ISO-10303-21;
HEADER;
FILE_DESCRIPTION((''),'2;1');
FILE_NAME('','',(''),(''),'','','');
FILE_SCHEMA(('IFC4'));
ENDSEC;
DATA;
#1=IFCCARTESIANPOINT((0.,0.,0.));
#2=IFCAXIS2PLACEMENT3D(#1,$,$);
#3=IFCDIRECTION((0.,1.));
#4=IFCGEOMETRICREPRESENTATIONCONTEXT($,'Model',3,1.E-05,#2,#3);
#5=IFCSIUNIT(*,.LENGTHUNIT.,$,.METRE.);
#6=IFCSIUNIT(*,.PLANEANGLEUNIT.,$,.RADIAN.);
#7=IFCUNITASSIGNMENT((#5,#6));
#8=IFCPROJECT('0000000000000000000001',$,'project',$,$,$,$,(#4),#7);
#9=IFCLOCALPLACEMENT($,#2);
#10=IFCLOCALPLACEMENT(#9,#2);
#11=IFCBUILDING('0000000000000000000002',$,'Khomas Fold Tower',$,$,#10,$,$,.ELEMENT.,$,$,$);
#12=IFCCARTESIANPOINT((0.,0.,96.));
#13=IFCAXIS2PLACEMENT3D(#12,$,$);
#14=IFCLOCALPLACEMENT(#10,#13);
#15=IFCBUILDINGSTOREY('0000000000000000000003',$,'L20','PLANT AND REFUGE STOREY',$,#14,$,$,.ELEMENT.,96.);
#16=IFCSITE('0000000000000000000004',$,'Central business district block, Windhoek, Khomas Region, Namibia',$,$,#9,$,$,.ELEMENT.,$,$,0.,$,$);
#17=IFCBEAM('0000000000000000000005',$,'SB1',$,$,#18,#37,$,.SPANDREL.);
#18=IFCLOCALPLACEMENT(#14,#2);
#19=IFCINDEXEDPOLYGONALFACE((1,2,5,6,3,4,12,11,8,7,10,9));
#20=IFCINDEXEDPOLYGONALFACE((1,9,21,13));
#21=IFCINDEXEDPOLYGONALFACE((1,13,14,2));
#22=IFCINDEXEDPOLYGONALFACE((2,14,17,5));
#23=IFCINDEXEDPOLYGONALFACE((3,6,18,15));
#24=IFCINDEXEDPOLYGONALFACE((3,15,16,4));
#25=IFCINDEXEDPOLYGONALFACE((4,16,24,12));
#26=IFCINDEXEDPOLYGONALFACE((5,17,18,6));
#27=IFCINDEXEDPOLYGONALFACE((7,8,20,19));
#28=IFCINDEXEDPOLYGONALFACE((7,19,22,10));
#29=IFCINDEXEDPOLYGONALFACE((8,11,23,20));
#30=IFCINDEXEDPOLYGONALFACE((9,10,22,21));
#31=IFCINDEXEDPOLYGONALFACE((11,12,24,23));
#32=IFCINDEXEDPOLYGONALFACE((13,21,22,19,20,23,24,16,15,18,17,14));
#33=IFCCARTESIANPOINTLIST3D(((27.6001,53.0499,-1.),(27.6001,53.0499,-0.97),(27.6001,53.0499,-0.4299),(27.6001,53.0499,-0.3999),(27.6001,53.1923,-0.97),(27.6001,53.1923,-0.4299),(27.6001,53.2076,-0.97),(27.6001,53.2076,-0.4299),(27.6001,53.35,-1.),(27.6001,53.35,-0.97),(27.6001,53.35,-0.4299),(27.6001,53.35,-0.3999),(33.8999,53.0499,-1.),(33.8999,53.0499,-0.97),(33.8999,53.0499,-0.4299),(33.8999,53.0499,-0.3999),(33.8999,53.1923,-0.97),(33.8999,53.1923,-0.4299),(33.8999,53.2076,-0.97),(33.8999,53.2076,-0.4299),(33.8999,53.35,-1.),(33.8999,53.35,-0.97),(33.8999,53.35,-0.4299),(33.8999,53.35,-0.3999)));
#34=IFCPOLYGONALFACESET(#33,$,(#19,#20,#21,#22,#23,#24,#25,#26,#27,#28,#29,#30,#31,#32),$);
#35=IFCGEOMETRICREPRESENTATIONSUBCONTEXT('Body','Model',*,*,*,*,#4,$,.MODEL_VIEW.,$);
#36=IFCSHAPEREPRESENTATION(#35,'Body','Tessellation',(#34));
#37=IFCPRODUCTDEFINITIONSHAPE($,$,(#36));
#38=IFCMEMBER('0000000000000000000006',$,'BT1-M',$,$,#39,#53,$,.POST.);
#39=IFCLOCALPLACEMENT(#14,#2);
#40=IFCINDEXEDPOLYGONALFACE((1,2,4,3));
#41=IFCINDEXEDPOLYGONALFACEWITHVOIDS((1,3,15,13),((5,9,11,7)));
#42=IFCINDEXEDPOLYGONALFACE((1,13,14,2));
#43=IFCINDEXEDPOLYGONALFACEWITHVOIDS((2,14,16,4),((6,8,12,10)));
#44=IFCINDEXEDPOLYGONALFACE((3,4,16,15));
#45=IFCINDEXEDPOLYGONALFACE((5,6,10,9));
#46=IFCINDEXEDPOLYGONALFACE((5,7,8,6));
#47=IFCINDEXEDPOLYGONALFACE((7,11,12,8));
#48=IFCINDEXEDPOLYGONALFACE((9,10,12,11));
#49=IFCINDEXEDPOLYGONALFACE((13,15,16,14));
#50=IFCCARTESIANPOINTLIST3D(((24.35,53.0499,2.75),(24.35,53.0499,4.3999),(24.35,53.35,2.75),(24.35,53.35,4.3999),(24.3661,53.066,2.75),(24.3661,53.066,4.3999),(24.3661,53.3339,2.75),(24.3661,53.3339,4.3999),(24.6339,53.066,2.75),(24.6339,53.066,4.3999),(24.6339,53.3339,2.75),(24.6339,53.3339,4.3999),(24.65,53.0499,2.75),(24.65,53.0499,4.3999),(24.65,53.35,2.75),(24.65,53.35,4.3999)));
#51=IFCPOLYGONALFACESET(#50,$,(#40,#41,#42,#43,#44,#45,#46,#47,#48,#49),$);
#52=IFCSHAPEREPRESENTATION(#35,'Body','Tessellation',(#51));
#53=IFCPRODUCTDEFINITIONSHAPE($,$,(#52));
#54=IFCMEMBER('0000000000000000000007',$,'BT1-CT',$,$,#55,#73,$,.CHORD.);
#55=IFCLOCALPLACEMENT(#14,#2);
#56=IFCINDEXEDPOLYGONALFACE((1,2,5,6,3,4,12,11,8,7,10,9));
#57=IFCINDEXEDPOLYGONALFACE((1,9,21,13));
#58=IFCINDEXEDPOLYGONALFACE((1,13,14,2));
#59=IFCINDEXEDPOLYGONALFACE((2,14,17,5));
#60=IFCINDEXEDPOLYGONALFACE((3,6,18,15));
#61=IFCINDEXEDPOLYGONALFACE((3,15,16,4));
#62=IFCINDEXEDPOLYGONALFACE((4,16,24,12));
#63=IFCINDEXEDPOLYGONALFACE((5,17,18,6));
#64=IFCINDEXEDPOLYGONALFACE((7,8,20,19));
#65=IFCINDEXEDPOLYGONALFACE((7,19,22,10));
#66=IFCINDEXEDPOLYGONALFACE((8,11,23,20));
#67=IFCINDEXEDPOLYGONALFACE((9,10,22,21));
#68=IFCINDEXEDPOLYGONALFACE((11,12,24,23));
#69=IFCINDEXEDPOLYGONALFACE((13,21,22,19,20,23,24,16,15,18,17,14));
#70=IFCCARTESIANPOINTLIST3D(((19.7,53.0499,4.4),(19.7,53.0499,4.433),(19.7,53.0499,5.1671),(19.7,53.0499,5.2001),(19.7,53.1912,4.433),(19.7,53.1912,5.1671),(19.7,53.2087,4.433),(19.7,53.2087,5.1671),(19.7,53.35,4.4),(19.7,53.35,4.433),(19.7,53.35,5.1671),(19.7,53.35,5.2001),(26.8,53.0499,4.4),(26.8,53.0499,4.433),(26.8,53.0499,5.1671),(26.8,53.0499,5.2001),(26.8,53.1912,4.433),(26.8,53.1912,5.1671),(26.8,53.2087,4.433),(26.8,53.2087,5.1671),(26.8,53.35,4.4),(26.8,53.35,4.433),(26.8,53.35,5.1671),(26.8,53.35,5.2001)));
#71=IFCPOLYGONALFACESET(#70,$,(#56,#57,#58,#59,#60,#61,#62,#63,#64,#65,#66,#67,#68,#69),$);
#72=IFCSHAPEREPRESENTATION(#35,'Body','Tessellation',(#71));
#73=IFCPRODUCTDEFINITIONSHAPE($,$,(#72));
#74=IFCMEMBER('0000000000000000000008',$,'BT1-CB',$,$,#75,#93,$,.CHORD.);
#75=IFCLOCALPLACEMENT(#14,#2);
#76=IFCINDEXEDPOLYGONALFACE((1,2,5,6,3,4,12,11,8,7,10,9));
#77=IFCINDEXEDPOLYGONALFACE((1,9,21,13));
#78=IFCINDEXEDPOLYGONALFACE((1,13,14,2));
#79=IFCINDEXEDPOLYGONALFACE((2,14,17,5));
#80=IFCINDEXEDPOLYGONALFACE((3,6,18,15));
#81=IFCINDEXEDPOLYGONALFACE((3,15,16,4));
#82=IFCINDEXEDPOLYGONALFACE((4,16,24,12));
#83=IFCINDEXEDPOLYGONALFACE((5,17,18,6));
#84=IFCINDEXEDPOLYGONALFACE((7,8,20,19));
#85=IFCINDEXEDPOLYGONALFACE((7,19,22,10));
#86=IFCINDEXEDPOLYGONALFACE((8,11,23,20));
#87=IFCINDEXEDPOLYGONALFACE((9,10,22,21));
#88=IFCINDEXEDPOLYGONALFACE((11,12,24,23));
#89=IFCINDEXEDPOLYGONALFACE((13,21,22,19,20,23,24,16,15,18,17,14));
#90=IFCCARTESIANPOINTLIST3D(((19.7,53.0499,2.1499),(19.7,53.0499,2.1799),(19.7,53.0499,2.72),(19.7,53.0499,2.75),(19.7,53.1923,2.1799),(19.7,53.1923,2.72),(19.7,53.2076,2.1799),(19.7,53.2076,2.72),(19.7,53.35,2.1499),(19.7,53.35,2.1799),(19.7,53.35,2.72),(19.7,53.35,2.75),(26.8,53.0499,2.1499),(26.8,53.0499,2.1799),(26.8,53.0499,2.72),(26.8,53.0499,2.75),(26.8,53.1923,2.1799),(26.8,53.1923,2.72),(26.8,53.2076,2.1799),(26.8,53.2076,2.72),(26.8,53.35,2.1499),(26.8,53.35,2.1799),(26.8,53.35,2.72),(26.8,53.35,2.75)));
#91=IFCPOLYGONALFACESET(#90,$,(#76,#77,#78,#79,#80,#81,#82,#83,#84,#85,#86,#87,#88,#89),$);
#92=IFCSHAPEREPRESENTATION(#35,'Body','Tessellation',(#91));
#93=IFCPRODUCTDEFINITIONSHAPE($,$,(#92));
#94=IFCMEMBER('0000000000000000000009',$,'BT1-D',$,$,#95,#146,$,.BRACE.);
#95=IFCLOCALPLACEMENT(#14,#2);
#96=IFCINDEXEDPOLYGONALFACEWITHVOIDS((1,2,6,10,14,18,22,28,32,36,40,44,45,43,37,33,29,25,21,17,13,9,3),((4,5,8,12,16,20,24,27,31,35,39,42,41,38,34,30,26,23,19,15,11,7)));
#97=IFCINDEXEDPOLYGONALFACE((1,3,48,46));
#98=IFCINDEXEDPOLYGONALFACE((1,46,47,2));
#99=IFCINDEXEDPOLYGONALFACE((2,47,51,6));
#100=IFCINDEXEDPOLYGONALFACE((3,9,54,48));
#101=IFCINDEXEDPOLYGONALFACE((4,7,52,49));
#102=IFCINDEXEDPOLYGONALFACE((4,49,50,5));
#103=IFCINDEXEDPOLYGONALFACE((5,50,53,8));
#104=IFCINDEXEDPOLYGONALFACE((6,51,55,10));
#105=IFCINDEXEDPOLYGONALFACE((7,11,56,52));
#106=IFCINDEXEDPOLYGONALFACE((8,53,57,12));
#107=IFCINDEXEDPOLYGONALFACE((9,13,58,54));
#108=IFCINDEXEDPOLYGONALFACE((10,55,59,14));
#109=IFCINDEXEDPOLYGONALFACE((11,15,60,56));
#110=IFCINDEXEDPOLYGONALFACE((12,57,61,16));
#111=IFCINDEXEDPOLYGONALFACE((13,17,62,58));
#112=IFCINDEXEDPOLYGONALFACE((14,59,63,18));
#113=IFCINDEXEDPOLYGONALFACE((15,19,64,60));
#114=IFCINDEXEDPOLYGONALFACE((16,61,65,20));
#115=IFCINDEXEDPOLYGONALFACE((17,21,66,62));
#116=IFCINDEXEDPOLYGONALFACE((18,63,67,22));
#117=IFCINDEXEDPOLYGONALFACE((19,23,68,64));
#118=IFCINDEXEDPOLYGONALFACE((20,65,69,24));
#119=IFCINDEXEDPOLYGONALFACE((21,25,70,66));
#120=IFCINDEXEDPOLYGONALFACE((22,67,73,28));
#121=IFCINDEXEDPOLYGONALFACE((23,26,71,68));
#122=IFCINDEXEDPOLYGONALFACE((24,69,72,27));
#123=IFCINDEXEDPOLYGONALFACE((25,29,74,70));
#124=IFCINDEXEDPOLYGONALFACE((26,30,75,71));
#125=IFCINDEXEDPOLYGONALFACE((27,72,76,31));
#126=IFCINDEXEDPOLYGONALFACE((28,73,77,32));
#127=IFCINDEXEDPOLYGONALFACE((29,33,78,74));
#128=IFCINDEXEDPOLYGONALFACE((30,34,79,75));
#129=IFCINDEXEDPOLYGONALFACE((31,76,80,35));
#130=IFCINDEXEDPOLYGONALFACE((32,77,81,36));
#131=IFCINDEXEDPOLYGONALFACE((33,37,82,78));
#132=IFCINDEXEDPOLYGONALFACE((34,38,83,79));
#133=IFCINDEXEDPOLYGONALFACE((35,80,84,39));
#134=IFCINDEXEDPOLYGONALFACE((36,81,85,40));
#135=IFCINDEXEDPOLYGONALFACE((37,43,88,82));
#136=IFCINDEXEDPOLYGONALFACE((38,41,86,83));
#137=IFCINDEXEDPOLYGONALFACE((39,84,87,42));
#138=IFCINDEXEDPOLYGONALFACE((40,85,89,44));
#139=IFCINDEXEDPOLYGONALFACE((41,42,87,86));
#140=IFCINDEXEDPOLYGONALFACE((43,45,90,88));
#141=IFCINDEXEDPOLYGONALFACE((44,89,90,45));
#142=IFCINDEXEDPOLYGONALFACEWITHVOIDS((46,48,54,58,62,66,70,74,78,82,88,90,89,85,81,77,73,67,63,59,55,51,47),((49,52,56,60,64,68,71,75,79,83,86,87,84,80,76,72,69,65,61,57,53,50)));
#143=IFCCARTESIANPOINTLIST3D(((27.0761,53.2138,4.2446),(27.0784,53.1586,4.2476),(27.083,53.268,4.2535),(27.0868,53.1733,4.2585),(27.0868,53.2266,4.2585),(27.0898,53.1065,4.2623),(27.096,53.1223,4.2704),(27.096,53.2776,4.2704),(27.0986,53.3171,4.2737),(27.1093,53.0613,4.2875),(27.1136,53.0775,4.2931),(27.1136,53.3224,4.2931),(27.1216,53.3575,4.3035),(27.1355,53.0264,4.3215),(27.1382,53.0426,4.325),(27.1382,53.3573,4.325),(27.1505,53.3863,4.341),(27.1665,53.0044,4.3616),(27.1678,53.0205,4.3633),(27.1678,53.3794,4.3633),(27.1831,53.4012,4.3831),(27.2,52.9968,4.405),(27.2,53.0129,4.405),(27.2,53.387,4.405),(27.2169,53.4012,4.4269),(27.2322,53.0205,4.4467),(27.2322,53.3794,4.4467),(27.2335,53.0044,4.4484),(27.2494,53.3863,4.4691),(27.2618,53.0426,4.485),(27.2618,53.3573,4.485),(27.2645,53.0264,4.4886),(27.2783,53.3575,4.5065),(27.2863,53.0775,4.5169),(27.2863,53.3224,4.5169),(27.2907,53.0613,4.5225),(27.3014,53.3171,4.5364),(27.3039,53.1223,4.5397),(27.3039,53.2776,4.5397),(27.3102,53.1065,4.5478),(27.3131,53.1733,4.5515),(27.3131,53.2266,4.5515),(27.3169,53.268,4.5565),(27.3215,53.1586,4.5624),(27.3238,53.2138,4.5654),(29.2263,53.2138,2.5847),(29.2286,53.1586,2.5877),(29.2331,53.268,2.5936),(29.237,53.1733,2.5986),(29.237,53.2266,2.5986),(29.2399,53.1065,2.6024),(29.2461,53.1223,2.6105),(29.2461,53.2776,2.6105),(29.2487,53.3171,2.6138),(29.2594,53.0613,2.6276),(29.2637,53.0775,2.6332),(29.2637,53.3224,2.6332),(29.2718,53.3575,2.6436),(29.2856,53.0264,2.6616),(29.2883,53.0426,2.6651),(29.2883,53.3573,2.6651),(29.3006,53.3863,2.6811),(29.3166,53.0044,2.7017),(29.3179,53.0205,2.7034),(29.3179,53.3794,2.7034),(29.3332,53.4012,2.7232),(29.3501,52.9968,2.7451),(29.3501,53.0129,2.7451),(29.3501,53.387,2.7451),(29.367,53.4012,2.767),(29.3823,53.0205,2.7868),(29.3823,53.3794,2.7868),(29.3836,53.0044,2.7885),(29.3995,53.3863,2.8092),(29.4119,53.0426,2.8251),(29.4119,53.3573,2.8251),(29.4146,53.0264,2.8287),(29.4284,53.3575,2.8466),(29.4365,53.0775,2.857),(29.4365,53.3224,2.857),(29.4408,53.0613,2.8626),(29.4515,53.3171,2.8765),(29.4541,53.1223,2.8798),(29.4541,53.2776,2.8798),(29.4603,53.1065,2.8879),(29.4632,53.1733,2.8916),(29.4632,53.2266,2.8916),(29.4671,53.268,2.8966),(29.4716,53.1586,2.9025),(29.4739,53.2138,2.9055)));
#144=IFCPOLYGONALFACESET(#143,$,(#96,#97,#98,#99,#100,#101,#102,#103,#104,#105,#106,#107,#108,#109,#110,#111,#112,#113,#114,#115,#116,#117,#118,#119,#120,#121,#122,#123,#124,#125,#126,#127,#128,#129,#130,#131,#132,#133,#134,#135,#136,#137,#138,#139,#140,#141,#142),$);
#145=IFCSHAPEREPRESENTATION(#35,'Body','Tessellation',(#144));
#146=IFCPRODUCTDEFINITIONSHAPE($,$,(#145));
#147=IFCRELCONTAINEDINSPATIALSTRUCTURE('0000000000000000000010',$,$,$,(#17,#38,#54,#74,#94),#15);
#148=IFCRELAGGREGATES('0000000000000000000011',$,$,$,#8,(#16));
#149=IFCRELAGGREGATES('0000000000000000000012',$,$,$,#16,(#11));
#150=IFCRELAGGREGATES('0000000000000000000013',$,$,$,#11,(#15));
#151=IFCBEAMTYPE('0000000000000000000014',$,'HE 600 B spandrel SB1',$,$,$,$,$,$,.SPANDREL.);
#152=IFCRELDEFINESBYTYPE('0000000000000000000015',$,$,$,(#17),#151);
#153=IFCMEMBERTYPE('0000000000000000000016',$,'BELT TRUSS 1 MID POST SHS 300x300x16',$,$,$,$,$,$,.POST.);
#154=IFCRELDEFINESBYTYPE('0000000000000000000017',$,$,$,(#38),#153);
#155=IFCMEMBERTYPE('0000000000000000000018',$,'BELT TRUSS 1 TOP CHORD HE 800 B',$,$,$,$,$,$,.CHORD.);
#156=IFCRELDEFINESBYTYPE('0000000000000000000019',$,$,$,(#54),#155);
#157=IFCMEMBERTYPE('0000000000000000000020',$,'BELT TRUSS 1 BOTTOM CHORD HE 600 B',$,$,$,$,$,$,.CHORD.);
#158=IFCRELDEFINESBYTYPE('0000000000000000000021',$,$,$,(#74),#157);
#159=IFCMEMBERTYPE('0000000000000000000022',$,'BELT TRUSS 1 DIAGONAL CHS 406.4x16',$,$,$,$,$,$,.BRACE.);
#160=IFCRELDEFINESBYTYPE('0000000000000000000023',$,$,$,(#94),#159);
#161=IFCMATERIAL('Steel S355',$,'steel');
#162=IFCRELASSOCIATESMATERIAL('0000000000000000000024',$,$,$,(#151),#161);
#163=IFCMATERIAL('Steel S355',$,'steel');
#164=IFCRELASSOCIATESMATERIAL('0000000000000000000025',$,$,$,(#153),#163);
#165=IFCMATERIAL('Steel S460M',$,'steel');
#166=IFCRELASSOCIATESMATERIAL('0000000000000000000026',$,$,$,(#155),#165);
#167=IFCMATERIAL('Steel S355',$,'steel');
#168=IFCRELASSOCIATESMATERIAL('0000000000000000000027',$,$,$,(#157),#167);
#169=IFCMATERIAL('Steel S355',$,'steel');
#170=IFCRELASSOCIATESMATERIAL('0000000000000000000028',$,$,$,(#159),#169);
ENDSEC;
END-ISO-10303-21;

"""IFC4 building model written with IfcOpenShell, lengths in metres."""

from ifc_helpers import new_model, si_unit, direction, frame, origin, origin_2d, place, context, subcontext, project, spatial, hollow_rectangle, hollow_circle, i_section, extrude, source, transform, mapped, material, material_profile, profile_set, type_object, element, save


model = new_model("IFC4")

# Units and contexts
model_context = context("Model", 3, precision=1e-05, world=origin(), true_north=direction((0.0, 1.0)))
body_context = subcontext(model_context, "Body", "Model", "MODEL_VIEW")
ifc_project = project(units=[si_unit("LENGTHUNIT", "METRE"), si_unit("PLANEANGLEUNIT", "RADIAN")], contexts=[model_context])

# Site, building, storey
site_placement = place(None, origin())
site = spatial("IfcSite", under=ifc_project, at=site_placement, Name="Central business district block, Windhoek, Khomas Region, Namibia", CompositionType="ELEMENT", RefElevation=0.0)
building_placement = place(site_placement, origin())
building = spatial("IfcBuilding", under=site, at=building_placement, Name="Khomas Fold Tower", CompositionType="ELEMENT")
storey_placement = place(building_placement, frame((0.0, 0.0, 96.0)))
storey = spatial("IfcBuildingStorey", under=building, at=storey_placement, Name="L20", Description="PLANT AND REFUGE STOREY", CompositionType="ELEMENT", Elevation=96.0)

# Beam
ifc_material_1 = material(Name="Steel S355", Category="steel")
ifc_material_profile_1 = material_profile(ifc_material_1, i_section(OverallWidth=0.3, OverallDepth=0.6001, WebThickness=0.0154, FlangeThickness=0.03, at=origin_2d()), Name="HE 600 B")
ifc_profile_set_1 = profile_set([ifc_material_profile_1], Name="Steel S355")
beam_type_1 = type_object("IfcBeamType", Name="HE 600 B spandrel SB1", PredefinedType="SPANDREL", material=ifc_profile_set_1)
shared_shape_1 = source(origin(), body_context, "Body", "SweptSolid", [
    extrude(i_section(OverallWidth=0.3, OverallDepth=0.6001, WebThickness=0.0154, FlangeThickness=0.03, at=origin_2d()), origin(), (0.0, 0.0, 1.0), 6.2998),
])
beam_1_placement = place(storey_placement, frame((27.6001, 53.2, -0.7), z_axis=(1.0, 0.0, 0.0), x_axis=(0.0, 1.0, 0.0)))
element("IfcBeam", 1, at=beam_1_placement, inside=storey, type_object=beam_type_1, Name="SB1", PredefinedType="SPANDREL", context=body_context, shape_type="MappedRepresentation", body=[
    mapped(shared_shape_1, transform((0.0, 0.0, 0.0))),
])

# Members
ifc_material_2 = material(Name="Steel S355", Category="steel")
ifc_material_profile_2 = material_profile(ifc_material_2, hollow_rectangle(XDim=0.3, YDim=0.3, WallThickness=0.0161, at=origin_2d()), Name="SHS 300x300x16")
ifc_profile_set_2 = profile_set([ifc_material_profile_2], Name="Steel S355")
member_type_1 = type_object("IfcMemberType", Name="BELT TRUSS 1 MID POST SHS 300x300x16", PredefinedType="POST", material=ifc_profile_set_2)
shared_shape_2 = source(origin(), body_context, "Body", "SweptSolid", [
    extrude(hollow_rectangle(XDim=0.3, YDim=0.3, WallThickness=0.0161, at=origin_2d()), origin(), (0.0, 0.0, 1.0), 1.6499),
])
member_1_placement = place(storey_placement, frame((24.5, 53.2, 2.75), z_axis=(0.0, 0.0, 1.0), x_axis=(1.0, 0.0, 0.0)))
element("IfcMember", 2, at=member_1_placement, inside=storey, type_object=member_type_1, Name="BT1-M", PredefinedType="POST", context=body_context, shape_type="MappedRepresentation", body=[
    mapped(shared_shape_2, transform((0.0, 0.0, 0.0))),
])
ifc_material_3 = material(Name="Steel S460M", Category="steel")
ifc_material_profile_3 = material_profile(ifc_material_3, i_section(OverallWidth=0.3, OverallDepth=0.8, WebThickness=0.0176, FlangeThickness=0.033, at=origin_2d()), Name="HE 800 B")
ifc_profile_set_3 = profile_set([ifc_material_profile_3], Name="Steel S460M")
member_type_2 = type_object("IfcMemberType", Name="BELT TRUSS 1 TOP CHORD HE 800 B", PredefinedType="CHORD", material=ifc_profile_set_3)
shared_shape_3 = source(origin(), body_context, "Body", "SweptSolid", [
    extrude(i_section(OverallWidth=0.3, OverallDepth=0.8, WebThickness=0.0176, FlangeThickness=0.033, at=origin_2d()), origin(), (0.0, 0.0, 1.0), 7.1001),
])
member_2_placement = place(storey_placement, frame((26.8, 53.2, 4.8), z_axis=(-1.0, 0.0, 0.0), x_axis=(0.0, -1.0, 0.0)))
element("IfcMember", 3, at=member_2_placement, inside=storey, type_object=member_type_2, Name="BT1-CT", PredefinedType="CHORD", context=body_context, shape_type="MappedRepresentation", body=[
    mapped(shared_shape_3, transform((0.0, 0.0, 0.0))),
])
ifc_material_4 = material(Name="Steel S355", Category="steel")
ifc_material_profile_4 = material_profile(ifc_material_4, i_section(OverallWidth=0.3, OverallDepth=0.6001, WebThickness=0.0154, FlangeThickness=0.03, at=origin_2d()), Name="HE 600 B")
ifc_profile_set_4 = profile_set([ifc_material_profile_4], Name="Steel S355")
member_type_3 = type_object("IfcMemberType", Name="BELT TRUSS 1 BOTTOM CHORD HE 600 B", PredefinedType="CHORD", material=ifc_profile_set_4)
shared_shape_4 = source(origin(), body_context, "Body", "SweptSolid", [
    extrude(i_section(OverallWidth=0.3, OverallDepth=0.6001, WebThickness=0.0154, FlangeThickness=0.03, at=origin_2d()), origin(), (0.0, 0.0, 1.0), 7.1001),
])
member_3_placement = place(storey_placement, frame((26.8, 53.2, 2.45), z_axis=(-1.0, 0.0, 0.0), x_axis=(0.0, -1.0, 0.0)))
element("IfcMember", 4, at=member_3_placement, inside=storey, type_object=member_type_3, Name="BT1-CB", PredefinedType="CHORD", context=body_context, shape_type="MappedRepresentation", body=[
    mapped(shared_shape_4, transform((0.0, 0.0, 0.0))),
])
ifc_material_5 = material(Name="Steel S355", Category="steel")
ifc_material_profile_5 = material_profile(ifc_material_5, hollow_circle(Radius=0.2031, WallThickness=0.0161, at=origin_2d()), Name="CHS 406.4x16")
ifc_profile_set_5 = profile_set([ifc_material_profile_5], Name="Steel S355")
member_type_4 = type_object("IfcMemberType", Name="BELT TRUSS 1 DIAGONAL CHS 406.4x16", PredefinedType="BRACE", material=ifc_profile_set_5)
shared_shape_5 = source(origin(), body_context, "Body", "SweptSolid", [
    extrude(hollow_circle(Radius=0.2031, WallThickness=0.0161, at=origin_2d()), origin(), (0.0, 0.0, 1.0), 2.7163),
])
for number, where, z_axis, x_axis, name in (
    (5, (29.3501, 53.2, 2.7451), (-0.791564, 0.0, 0.611087), (0.0, -1.0, 0.0), "BT1-D"),
):
    element("IfcMember", number, at=place(storey_placement, frame(where, z_axis=z_axis, x_axis=x_axis)), inside=storey, type_object=member_type_4, Name=name, PredefinedType="BRACE", context=body_context, shape_type="MappedRepresentation", body=[
        mapped(shared_shape_5, transform((0.0, 0.0, 0.0))),
    ])

save(model, "model.ifc")
